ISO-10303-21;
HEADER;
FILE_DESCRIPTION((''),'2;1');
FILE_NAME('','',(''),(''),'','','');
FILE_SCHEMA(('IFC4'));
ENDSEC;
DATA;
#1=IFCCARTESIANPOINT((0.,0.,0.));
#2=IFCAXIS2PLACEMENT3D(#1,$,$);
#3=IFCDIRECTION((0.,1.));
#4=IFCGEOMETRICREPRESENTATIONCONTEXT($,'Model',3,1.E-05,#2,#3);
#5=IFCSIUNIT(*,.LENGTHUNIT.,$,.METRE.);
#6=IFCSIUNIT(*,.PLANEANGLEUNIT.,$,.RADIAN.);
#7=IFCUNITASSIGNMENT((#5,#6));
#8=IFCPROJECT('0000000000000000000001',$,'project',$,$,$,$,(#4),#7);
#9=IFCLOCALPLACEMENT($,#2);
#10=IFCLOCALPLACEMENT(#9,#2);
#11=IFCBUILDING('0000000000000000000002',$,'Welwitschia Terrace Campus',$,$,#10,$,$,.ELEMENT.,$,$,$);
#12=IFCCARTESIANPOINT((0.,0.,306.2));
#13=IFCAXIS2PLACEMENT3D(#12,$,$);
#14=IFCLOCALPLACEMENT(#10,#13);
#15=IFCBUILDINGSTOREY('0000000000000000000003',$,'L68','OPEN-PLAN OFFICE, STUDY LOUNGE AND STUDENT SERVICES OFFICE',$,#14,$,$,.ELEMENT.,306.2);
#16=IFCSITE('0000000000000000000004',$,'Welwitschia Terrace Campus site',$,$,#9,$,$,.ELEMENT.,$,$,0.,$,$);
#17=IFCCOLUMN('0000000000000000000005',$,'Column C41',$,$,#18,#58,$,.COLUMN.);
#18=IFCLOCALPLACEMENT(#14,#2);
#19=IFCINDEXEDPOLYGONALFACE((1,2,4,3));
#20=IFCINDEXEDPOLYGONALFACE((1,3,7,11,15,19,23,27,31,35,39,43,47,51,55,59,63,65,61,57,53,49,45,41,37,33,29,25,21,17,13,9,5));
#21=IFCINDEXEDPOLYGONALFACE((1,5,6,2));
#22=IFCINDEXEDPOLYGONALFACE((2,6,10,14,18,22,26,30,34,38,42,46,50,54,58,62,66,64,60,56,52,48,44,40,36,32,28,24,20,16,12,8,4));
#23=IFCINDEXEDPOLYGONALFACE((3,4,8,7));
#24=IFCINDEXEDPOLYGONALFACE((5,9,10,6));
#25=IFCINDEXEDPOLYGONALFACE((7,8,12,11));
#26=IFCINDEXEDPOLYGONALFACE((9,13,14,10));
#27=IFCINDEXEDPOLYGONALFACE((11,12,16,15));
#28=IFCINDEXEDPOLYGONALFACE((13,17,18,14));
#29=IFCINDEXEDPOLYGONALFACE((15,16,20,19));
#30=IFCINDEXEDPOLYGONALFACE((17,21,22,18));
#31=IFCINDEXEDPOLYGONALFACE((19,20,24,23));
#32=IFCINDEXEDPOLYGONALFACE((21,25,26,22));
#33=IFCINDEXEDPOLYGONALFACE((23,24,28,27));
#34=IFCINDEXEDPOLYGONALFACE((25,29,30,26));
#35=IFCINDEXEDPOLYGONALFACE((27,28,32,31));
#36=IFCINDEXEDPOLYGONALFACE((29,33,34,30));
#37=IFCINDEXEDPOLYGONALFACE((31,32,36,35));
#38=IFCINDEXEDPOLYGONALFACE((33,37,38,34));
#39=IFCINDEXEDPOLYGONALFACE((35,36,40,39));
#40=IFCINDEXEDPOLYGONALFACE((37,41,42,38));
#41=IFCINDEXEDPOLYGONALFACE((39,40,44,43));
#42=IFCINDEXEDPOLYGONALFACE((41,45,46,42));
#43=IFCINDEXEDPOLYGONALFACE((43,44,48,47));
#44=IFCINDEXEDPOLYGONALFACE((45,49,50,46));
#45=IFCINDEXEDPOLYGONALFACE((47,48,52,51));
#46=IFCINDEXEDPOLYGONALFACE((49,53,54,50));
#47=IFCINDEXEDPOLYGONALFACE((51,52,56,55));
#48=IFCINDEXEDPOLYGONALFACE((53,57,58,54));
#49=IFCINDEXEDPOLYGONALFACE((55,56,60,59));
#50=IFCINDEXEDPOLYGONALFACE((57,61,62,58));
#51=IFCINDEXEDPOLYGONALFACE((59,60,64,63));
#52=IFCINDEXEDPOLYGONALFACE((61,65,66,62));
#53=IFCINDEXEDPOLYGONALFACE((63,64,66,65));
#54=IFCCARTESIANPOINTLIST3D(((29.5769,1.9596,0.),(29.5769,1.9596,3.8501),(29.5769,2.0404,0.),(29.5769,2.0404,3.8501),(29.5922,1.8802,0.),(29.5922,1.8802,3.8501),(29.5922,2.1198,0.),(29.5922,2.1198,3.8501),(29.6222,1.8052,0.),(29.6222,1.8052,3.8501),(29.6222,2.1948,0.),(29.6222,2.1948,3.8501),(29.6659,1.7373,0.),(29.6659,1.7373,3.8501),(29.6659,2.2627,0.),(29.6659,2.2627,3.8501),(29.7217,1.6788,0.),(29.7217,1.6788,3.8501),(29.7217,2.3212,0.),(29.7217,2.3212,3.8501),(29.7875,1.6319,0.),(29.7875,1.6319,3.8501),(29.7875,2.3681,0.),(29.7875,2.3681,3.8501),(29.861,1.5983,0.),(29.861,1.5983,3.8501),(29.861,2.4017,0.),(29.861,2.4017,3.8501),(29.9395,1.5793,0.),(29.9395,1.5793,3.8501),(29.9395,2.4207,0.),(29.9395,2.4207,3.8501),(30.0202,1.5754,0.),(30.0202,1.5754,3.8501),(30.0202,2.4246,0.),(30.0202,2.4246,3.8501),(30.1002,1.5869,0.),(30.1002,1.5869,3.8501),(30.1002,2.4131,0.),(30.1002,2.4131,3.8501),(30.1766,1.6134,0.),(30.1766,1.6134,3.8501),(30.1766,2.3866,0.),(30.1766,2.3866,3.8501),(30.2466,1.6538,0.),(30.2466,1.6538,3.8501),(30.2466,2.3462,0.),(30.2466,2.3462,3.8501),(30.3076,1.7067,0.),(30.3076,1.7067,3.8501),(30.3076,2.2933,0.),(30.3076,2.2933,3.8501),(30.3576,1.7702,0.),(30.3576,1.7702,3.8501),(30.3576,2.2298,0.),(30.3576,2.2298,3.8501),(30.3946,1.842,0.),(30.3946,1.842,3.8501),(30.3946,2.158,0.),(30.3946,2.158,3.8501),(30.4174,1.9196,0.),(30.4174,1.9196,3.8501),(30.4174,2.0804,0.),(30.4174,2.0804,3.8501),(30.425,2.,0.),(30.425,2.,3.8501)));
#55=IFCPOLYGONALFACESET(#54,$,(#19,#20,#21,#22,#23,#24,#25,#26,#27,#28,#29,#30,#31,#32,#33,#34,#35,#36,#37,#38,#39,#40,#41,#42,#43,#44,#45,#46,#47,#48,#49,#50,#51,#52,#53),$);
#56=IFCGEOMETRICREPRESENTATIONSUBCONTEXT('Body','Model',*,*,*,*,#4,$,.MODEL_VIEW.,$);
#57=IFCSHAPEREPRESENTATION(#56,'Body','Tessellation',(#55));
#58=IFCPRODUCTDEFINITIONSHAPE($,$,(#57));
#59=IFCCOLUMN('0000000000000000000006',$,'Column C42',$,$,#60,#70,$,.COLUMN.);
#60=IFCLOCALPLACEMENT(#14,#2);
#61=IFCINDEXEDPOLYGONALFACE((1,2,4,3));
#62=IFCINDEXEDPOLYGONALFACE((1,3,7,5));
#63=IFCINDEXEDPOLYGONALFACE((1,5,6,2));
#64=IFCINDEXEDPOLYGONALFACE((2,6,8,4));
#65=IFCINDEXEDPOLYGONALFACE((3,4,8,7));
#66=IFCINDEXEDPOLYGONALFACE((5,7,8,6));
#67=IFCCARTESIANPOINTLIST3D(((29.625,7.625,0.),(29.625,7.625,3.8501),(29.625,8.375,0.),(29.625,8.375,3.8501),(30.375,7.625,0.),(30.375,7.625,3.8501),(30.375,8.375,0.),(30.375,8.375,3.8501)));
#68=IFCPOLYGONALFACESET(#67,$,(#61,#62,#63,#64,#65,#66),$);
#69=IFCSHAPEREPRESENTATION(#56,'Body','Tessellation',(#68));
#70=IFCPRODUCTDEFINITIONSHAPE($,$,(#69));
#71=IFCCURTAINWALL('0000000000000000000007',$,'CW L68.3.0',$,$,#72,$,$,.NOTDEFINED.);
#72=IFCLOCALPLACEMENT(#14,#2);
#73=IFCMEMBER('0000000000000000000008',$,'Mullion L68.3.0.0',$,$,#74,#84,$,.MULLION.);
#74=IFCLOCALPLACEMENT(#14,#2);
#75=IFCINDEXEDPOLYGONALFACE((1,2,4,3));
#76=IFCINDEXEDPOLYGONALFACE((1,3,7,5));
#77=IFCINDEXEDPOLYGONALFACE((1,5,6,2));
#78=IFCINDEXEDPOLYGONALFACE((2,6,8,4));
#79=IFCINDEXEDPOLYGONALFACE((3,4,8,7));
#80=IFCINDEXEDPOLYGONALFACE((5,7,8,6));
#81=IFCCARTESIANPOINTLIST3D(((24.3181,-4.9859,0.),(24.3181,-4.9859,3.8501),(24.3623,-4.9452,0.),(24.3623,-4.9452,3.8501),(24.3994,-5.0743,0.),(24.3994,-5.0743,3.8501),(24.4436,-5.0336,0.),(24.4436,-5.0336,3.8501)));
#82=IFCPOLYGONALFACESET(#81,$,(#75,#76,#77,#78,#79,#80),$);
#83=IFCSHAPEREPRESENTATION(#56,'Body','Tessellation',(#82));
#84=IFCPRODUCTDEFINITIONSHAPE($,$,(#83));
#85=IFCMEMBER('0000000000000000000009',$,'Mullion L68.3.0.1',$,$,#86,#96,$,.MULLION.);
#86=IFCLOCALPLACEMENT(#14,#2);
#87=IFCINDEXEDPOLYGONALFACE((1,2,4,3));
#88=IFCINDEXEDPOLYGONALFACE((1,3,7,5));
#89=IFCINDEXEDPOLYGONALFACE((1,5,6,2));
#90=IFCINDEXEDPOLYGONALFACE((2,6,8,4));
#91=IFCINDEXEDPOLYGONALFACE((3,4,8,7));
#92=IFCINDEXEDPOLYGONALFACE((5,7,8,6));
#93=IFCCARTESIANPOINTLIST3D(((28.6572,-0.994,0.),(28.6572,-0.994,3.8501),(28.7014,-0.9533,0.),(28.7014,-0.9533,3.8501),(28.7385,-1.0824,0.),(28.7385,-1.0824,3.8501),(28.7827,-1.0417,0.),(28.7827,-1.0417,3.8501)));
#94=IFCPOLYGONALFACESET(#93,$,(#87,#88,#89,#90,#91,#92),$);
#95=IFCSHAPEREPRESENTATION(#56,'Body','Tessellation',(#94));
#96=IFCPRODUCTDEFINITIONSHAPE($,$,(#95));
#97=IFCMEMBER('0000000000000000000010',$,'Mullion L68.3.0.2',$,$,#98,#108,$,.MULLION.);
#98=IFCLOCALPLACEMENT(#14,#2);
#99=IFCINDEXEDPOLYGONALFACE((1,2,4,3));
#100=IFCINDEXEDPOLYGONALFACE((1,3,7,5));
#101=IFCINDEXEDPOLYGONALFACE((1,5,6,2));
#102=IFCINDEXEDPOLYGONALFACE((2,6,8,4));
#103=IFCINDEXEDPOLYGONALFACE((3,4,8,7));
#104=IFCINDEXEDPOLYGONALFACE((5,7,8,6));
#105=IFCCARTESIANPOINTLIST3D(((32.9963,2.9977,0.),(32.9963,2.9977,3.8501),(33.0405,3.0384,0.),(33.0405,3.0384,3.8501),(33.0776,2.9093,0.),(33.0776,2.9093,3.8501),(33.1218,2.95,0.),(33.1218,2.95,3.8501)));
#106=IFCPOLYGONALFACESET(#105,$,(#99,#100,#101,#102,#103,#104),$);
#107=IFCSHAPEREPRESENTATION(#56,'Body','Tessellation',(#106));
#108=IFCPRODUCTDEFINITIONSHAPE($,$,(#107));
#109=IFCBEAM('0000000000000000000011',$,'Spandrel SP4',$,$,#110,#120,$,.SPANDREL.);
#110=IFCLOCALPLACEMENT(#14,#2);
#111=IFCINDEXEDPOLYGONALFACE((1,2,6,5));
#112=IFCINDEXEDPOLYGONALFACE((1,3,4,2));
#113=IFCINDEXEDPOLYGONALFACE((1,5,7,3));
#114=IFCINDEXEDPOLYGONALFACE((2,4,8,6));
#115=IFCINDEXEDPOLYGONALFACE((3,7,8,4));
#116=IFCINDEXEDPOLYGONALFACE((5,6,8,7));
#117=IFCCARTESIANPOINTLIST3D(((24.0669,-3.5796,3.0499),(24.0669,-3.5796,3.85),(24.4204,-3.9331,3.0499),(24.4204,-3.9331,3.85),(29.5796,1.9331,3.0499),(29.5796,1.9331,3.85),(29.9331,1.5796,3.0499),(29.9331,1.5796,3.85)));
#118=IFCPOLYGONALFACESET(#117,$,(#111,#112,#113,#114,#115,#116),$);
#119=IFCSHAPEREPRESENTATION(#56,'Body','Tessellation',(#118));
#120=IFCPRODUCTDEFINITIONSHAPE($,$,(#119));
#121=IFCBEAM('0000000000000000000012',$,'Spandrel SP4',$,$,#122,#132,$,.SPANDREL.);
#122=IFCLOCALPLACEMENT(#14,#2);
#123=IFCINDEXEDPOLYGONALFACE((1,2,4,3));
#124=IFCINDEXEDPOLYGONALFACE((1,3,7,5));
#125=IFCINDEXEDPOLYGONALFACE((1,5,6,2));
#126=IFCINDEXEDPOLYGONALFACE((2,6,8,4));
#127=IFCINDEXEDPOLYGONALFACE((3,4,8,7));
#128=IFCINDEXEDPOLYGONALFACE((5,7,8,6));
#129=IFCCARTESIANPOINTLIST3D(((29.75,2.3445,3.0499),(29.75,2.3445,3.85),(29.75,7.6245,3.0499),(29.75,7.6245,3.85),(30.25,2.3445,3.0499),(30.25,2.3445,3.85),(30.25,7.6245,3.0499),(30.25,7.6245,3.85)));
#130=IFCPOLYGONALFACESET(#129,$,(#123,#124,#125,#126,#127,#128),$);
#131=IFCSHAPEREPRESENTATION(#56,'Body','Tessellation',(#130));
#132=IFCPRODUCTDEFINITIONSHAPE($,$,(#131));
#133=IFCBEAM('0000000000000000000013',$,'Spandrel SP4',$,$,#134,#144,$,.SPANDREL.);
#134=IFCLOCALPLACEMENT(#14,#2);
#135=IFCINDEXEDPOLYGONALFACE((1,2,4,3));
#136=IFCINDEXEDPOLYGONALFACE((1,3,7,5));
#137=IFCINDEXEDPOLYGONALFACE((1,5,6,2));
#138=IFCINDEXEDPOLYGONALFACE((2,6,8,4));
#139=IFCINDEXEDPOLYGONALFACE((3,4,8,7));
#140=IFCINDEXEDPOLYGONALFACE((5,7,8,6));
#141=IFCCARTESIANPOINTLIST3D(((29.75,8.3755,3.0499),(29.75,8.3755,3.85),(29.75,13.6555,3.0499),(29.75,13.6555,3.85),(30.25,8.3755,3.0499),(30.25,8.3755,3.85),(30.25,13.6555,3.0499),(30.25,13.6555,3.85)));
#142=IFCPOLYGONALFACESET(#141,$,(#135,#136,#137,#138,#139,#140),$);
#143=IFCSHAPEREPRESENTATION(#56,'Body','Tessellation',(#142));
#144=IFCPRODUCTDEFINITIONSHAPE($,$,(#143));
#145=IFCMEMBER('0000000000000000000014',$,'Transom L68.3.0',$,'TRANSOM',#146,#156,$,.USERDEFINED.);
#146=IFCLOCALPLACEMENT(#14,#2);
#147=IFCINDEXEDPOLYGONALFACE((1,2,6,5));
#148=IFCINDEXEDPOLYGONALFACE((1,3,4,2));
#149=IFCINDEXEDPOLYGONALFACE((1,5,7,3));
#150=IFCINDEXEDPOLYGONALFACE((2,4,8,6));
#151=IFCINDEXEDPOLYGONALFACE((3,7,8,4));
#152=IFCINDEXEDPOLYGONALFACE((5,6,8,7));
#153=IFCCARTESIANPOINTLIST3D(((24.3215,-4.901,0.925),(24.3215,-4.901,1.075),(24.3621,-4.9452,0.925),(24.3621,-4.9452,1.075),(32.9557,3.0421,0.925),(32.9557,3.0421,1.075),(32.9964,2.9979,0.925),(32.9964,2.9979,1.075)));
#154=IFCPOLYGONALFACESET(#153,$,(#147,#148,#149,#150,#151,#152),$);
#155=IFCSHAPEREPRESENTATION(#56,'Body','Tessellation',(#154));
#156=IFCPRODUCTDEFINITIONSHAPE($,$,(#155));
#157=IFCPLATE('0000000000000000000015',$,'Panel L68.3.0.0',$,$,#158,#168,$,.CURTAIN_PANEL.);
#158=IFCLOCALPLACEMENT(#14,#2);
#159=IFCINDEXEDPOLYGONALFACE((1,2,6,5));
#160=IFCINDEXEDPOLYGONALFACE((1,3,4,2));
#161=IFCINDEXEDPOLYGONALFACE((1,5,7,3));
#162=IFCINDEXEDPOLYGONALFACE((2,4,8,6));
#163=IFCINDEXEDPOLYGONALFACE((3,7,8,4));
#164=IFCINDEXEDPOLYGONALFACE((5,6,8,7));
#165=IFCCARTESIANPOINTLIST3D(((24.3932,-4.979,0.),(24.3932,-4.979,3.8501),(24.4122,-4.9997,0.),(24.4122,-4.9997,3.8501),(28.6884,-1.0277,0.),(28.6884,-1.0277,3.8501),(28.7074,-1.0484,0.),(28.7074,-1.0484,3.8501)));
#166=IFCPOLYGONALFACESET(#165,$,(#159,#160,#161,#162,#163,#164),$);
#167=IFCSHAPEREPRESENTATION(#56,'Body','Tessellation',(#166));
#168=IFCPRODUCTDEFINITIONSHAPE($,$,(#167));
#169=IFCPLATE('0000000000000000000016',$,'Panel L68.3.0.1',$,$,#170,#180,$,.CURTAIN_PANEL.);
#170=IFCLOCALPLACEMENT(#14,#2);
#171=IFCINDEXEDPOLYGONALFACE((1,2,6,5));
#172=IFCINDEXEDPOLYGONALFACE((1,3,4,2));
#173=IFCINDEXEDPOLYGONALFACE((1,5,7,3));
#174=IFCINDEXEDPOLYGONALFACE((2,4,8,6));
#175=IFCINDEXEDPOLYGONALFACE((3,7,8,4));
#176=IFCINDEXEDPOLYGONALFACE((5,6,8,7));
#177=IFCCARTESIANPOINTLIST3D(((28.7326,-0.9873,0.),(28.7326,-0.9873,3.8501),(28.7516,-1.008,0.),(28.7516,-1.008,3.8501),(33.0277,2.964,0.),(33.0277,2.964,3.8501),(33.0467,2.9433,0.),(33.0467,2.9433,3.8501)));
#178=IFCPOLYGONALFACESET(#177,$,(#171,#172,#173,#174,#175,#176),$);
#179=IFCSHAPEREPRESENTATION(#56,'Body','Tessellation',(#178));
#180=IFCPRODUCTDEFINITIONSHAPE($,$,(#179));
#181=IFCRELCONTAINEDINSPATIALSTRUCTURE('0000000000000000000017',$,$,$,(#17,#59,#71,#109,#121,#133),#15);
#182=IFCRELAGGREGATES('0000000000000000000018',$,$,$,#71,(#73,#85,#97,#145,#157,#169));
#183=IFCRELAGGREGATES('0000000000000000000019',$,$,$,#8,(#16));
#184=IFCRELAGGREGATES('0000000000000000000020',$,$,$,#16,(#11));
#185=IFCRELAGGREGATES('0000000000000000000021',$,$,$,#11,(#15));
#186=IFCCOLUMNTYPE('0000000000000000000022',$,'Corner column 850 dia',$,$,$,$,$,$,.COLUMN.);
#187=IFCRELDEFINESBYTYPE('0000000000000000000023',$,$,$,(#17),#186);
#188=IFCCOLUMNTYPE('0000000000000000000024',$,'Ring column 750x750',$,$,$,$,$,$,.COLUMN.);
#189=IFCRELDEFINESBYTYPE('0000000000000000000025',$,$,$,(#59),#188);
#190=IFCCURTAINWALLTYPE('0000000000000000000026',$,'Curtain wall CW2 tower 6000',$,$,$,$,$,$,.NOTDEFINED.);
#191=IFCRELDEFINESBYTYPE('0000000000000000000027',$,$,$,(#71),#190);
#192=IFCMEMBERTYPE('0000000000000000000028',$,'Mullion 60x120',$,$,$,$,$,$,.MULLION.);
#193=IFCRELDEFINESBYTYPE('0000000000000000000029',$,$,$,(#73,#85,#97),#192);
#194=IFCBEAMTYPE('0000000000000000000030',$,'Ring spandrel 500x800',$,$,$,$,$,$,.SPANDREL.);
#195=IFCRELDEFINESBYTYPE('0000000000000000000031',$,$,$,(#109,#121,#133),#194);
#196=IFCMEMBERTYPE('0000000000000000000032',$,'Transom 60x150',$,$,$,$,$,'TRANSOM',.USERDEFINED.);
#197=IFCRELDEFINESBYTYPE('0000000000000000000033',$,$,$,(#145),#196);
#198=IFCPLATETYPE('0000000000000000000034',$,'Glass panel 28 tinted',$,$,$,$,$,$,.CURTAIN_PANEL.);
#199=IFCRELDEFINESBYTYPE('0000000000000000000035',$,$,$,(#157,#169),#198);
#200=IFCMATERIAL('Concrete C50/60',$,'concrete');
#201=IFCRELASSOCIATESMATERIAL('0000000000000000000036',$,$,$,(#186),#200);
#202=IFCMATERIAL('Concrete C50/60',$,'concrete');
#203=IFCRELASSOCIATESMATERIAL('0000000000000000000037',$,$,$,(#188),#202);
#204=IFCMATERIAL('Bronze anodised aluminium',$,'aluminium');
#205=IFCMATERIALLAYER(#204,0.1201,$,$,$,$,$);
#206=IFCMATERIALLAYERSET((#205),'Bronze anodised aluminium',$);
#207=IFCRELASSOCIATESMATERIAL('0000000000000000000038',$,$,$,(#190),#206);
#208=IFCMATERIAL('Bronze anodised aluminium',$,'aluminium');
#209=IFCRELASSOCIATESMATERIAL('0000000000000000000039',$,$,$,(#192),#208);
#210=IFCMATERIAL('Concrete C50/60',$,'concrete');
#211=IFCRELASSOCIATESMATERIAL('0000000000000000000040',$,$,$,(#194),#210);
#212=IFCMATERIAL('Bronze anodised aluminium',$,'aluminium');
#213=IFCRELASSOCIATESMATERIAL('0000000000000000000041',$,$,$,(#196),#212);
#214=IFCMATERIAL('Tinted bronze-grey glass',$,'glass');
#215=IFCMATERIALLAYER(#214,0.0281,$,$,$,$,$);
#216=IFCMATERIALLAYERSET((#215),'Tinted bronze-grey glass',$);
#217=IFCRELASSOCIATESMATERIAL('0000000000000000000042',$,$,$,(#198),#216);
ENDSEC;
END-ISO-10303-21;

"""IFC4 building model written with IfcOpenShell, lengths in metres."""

from ifc_helpers import new_model, si_unit, direction, frame, origin, origin_2d, place, context, subcontext, project, spatial, rectangle, circle, extrude, material, layer, layer_set, material_profile, profile_set, type_object, element, aggregate, save


model = new_model("IFC4")

# Units and contexts
model_context = context("Model", 3, precision=1e-05, world=origin(), true_north=direction((0.0, 1.0)))
body_context = subcontext(model_context, "Body", "Model", "MODEL_VIEW")
ifc_project = project(units=[si_unit("LENGTHUNIT", "METRE"), si_unit("PLANEANGLEUNIT", "RADIAN")], contexts=[model_context])

# Site, building, storey
site_placement = place(None, origin())
site = spatial("IfcSite", under=ifc_project, at=site_placement, Name="Welwitschia Terrace Campus site", CompositionType="ELEMENT", RefElevation=0.0)
building_placement = place(site_placement, origin())
building = spatial("IfcBuilding", under=site, at=building_placement, Name="Welwitschia Terrace Campus", CompositionType="ELEMENT")
storey_placement = place(building_placement, frame((0.0, 0.0, 306.2)))
storey = spatial("IfcBuildingStorey", under=building, at=storey_placement, Name="L68", Description="OPEN-PLAN OFFICE, STUDY LOUNGE AND STUDENT SERVICES OFFICE", CompositionType="ELEMENT", Elevation=306.2)

# Columns
ifc_material_1 = material(Name="Concrete C50/60", Category="concrete")
ifc_material_profile_1 = material_profile(ifc_material_1, circle(Radius=0.425, at=origin_2d()))
ifc_profile_set_1 = profile_set([ifc_material_profile_1], Name="Concrete C50/60")
column_type_1 = type_object("IfcColumnType", Name="Corner column 850 dia", PredefinedType="COLUMN", material=ifc_profile_set_1)
column_1_placement = place(storey_placement, frame((30.0, 2.0, 0.0), z_axis=(0.0, 0.0, 1.0), x_axis=(1.0, 0.0, 0.0)))
element("IfcColumn", 1, at=column_1_placement, inside=storey, type_object=column_type_1, Name="Column C41", PredefinedType="COLUMN", context=body_context, shape_type="SweptSolid", body=[
    extrude(circle(Radius=0.425, at=origin_2d()), origin(), (0.0, 0.0, 1.0), 3.8501),
])
ifc_material_2 = material(Name="Concrete C50/60", Category="concrete")
ifc_material_profile_2 = material_profile(ifc_material_2, rectangle(XDim=0.75, YDim=0.75, at=origin_2d()))
ifc_profile_set_2 = profile_set([ifc_material_profile_2], Name="Concrete C50/60")
column_type_2 = type_object("IfcColumnType", Name="Ring column 750x750", PredefinedType="COLUMN", material=ifc_profile_set_2)
column_2_placement = place(storey_placement, frame((30.0, 8.0, 0.0), z_axis=(0.0, 0.0, 1.0), x_axis=(1.0, 0.0, 0.0)))
element("IfcColumn", 2, at=column_2_placement, inside=storey, type_object=column_type_2, Name="Column C42", PredefinedType="COLUMN", context=body_context, shape_type="SweptSolid", body=[
    extrude(rectangle(XDim=0.75, YDim=0.75, at=origin_2d()), origin(), (0.0, 0.0, 1.0), 3.8501),
])

# Curtain wall, members
ifc_material_3 = material(Name="Bronze anodised aluminium", Category="aluminium")
ifc_layer_1 = layer(ifc_material_3, 0.1201)
ifc_layer_set_1 = layer_set([ifc_layer_1], Name="Bronze anodised aluminium")
curtain_wall_type = type_object("IfcCurtainWallType", Name="Curtain wall CW2 tower 6000", PredefinedType="NOTDEFINED", material=ifc_layer_set_1)
curtain_wall_placement = place(storey_placement, origin())
curtain_wall = element("IfcCurtainWall", 3, at=curtain_wall_placement, inside=storey, type_object=curtain_wall_type, Name="CW L68.3.0", PredefinedType="NOTDEFINED")
ifc_material_4 = material(Name="Bronze anodised aluminium", Category="aluminium")
ifc_material_profile_3 = material_profile(ifc_material_4, rectangle(XDim=0.1201, YDim=0.0601, at=origin_2d()))
ifc_profile_set_3 = profile_set([ifc_material_profile_3], Name="Bronze anodised aluminium")
member_type_1 = type_object("IfcMemberType", Name="Mullion 60x120", PredefinedType="MULLION", material=ifc_profile_set_3)
member_1_placement = place(storey_placement, frame((24.3809, -5.0098, 0.0), z_axis=(0.0, 0.0, 1.0), x_axis=(-0.677034, 0.735951, 0.0)))
member_1 = element("IfcMember", 4, at=member_1_placement, type_object=member_type_1, Name="Mullion L68.3.0.0", PredefinedType="MULLION", context=body_context, shape_type="SweptSolid", body=[
    extrude(rectangle(XDim=0.1201, YDim=0.0601, at=origin_2d()), origin(), (0.0, 0.0, 1.0), 3.8501),
])
member_2_placement = place(storey_placement, frame((28.72, -1.0178, 0.0), z_axis=(0.0, 0.0, 1.0), x_axis=(-0.677034, 0.735951, 0.0)))
member_2 = element("IfcMember", 5, at=member_2_placement, type_object=member_type_1, Name="Mullion L68.3.0.1", PredefinedType="MULLION", context=body_context, shape_type="SweptSolid", body=[
    extrude(rectangle(XDim=0.1201, YDim=0.0601, at=origin_2d()), origin(), (0.0, 0.0, 1.0), 3.8501),
])
member_3_placement = place(storey_placement, frame((33.0591, 2.9739, 0.0), z_axis=(0.0, 0.0, 1.0), x_axis=(-0.677034, 0.735951, 0.0)))
member_3 = element("IfcMember", 6, at=member_3_placement, type_object=member_type_1, Name="Mullion L68.3.0.2", PredefinedType="MULLION", context=body_context, shape_type="SweptSolid", body=[
    extrude(rectangle(XDim=0.1201, YDim=0.0601, at=origin_2d()), origin(), (0.0, 0.0, 1.0), 3.8501),
])

# Beams
ifc_material_5 = material(Name="Concrete C50/60", Category="concrete")
ifc_material_profile_4 = material_profile(ifc_material_5, rectangle(XDim=0.5, YDim=0.8, at=origin_2d()))
ifc_profile_set_4 = profile_set([ifc_material_profile_4], Name="Concrete C50/60")
beam_type = type_object("IfcBeamType", Name="Ring spandrel 500x800", PredefinedType="SPANDREL", material=ifc_profile_set_4)
beam_placement = place(storey_placement, frame((24.2437, -3.7563, 3.45), z_axis=(0.707107, 0.707107, 0.0), x_axis=(-0.707107, 0.707107, 0.0)))
element("IfcBeam", 7, at=beam_placement, inside=storey, type_object=beam_type, Name="Spandrel SP4", PredefinedType="SPANDREL", context=body_context, shape_type="SweptSolid", body=[
    extrude(rectangle(XDim=0.5, YDim=0.8, at=origin_2d()), origin(), (0.0, 0.0, 1.0), 7.7961),
])
for number, where, z_axis, x_axis, name in (
    (8, (30.0, 2.3445, 3.45), (0.0, 1.0, 0.0), (-1.0, 0.0, 0.0), "Spandrel SP4"),
    (9, (30.0, 8.3755, 3.45), (0.0, 1.0, 0.0), (-1.0, 0.0, 0.0), "Spandrel SP4"),
):
    element("IfcBeam", number, at=place(storey_placement, frame(where, z_axis=z_axis, x_axis=x_axis)), inside=storey, type_object=beam_type, Name=name, PredefinedType="SPANDREL", context=body_context, shape_type="SweptSolid", body=[
        extrude(rectangle(XDim=0.5, YDim=0.8, at=origin_2d()), origin(), (0.0, 0.0, 1.0), 5.28),
    ])

# Member
ifc_material_6 = material(Name="Bronze anodised aluminium", Category="aluminium")
ifc_material_profile_5 = material_profile(ifc_material_6, rectangle(XDim=0.0601, YDim=0.1499, at=origin_2d()))
ifc_profile_set_5 = profile_set([ifc_material_profile_5], Name="Bronze anodised aluminium")
member_type_2 = type_object("IfcMemberType", Name="Transom 60x150", ElementType="TRANSOM", PredefinedType="USERDEFINED", material=ifc_profile_set_5)
member_4_placement = place(storey_placement, frame((24.3418, -4.9231, 1.0), z_axis=(0.735949, 0.677037, 0.0), x_axis=(-0.677037, 0.735949, 0.0)))
member_4 = element("IfcMember", 10, at=member_4_placement, type_object=member_type_2, Name="Transom L68.3.0", ObjectType="TRANSOM", PredefinedType="USERDEFINED", context=body_context, shape_type="SweptSolid", body=[
    extrude(rectangle(XDim=0.0601, YDim=0.1499, at=origin_2d()), origin(), (0.0, 0.0, 1.0), 11.7322),
])

# Plates
ifc_material_7 = material(Name="Tinted bronze-grey glass", Category="glass")
ifc_layer_2 = layer(ifc_material_7, 0.0281)
ifc_layer_set_2 = layer_set([ifc_layer_2], Name="Tinted bronze-grey glass")
plate_type = type_object("IfcPlateType", Name="Glass panel 28 tinted", PredefinedType="CURTAIN_PANEL", material=ifc_layer_set_2)
plate_1_placement = place(storey_placement, frame((26.5503, -3.0137, 0.0), z_axis=(0.0, 0.0, 1.0), x_axis=(0.735951, 0.677034, 0.0)))
plate_1 = element("IfcPlate", 11, at=plate_1_placement, type_object=plate_type, Name="Panel L68.3.0.0", PredefinedType="CURTAIN_PANEL", context=body_context, shape_type="SweptSolid", body=[
    extrude(rectangle(XDim=5.8362, YDim=0.0281, at=origin_2d()), origin(), (0.0, 0.0, 1.0), 3.8501),
])
plate_2_placement = place(storey_placement, frame((30.8896, 0.978, 0.0), z_axis=(0.0, 0.0, 1.0), x_axis=(0.735951, 0.677034, 0.0)))
plate_2 = element("IfcPlate", 12, at=plate_2_placement, type_object=plate_type, Name="Panel L68.3.0.1", PredefinedType="CURTAIN_PANEL", context=body_context, shape_type="SweptSolid", body=[
    extrude(rectangle(XDim=5.8362, YDim=0.0281, at=origin_2d()), origin(), (0.0, 0.0, 1.0), 3.8501),
])
aggregate(curtain_wall, [member_1, member_2, member_3, member_4, plate_1, plate_2])

save(model, "model.ifc")
